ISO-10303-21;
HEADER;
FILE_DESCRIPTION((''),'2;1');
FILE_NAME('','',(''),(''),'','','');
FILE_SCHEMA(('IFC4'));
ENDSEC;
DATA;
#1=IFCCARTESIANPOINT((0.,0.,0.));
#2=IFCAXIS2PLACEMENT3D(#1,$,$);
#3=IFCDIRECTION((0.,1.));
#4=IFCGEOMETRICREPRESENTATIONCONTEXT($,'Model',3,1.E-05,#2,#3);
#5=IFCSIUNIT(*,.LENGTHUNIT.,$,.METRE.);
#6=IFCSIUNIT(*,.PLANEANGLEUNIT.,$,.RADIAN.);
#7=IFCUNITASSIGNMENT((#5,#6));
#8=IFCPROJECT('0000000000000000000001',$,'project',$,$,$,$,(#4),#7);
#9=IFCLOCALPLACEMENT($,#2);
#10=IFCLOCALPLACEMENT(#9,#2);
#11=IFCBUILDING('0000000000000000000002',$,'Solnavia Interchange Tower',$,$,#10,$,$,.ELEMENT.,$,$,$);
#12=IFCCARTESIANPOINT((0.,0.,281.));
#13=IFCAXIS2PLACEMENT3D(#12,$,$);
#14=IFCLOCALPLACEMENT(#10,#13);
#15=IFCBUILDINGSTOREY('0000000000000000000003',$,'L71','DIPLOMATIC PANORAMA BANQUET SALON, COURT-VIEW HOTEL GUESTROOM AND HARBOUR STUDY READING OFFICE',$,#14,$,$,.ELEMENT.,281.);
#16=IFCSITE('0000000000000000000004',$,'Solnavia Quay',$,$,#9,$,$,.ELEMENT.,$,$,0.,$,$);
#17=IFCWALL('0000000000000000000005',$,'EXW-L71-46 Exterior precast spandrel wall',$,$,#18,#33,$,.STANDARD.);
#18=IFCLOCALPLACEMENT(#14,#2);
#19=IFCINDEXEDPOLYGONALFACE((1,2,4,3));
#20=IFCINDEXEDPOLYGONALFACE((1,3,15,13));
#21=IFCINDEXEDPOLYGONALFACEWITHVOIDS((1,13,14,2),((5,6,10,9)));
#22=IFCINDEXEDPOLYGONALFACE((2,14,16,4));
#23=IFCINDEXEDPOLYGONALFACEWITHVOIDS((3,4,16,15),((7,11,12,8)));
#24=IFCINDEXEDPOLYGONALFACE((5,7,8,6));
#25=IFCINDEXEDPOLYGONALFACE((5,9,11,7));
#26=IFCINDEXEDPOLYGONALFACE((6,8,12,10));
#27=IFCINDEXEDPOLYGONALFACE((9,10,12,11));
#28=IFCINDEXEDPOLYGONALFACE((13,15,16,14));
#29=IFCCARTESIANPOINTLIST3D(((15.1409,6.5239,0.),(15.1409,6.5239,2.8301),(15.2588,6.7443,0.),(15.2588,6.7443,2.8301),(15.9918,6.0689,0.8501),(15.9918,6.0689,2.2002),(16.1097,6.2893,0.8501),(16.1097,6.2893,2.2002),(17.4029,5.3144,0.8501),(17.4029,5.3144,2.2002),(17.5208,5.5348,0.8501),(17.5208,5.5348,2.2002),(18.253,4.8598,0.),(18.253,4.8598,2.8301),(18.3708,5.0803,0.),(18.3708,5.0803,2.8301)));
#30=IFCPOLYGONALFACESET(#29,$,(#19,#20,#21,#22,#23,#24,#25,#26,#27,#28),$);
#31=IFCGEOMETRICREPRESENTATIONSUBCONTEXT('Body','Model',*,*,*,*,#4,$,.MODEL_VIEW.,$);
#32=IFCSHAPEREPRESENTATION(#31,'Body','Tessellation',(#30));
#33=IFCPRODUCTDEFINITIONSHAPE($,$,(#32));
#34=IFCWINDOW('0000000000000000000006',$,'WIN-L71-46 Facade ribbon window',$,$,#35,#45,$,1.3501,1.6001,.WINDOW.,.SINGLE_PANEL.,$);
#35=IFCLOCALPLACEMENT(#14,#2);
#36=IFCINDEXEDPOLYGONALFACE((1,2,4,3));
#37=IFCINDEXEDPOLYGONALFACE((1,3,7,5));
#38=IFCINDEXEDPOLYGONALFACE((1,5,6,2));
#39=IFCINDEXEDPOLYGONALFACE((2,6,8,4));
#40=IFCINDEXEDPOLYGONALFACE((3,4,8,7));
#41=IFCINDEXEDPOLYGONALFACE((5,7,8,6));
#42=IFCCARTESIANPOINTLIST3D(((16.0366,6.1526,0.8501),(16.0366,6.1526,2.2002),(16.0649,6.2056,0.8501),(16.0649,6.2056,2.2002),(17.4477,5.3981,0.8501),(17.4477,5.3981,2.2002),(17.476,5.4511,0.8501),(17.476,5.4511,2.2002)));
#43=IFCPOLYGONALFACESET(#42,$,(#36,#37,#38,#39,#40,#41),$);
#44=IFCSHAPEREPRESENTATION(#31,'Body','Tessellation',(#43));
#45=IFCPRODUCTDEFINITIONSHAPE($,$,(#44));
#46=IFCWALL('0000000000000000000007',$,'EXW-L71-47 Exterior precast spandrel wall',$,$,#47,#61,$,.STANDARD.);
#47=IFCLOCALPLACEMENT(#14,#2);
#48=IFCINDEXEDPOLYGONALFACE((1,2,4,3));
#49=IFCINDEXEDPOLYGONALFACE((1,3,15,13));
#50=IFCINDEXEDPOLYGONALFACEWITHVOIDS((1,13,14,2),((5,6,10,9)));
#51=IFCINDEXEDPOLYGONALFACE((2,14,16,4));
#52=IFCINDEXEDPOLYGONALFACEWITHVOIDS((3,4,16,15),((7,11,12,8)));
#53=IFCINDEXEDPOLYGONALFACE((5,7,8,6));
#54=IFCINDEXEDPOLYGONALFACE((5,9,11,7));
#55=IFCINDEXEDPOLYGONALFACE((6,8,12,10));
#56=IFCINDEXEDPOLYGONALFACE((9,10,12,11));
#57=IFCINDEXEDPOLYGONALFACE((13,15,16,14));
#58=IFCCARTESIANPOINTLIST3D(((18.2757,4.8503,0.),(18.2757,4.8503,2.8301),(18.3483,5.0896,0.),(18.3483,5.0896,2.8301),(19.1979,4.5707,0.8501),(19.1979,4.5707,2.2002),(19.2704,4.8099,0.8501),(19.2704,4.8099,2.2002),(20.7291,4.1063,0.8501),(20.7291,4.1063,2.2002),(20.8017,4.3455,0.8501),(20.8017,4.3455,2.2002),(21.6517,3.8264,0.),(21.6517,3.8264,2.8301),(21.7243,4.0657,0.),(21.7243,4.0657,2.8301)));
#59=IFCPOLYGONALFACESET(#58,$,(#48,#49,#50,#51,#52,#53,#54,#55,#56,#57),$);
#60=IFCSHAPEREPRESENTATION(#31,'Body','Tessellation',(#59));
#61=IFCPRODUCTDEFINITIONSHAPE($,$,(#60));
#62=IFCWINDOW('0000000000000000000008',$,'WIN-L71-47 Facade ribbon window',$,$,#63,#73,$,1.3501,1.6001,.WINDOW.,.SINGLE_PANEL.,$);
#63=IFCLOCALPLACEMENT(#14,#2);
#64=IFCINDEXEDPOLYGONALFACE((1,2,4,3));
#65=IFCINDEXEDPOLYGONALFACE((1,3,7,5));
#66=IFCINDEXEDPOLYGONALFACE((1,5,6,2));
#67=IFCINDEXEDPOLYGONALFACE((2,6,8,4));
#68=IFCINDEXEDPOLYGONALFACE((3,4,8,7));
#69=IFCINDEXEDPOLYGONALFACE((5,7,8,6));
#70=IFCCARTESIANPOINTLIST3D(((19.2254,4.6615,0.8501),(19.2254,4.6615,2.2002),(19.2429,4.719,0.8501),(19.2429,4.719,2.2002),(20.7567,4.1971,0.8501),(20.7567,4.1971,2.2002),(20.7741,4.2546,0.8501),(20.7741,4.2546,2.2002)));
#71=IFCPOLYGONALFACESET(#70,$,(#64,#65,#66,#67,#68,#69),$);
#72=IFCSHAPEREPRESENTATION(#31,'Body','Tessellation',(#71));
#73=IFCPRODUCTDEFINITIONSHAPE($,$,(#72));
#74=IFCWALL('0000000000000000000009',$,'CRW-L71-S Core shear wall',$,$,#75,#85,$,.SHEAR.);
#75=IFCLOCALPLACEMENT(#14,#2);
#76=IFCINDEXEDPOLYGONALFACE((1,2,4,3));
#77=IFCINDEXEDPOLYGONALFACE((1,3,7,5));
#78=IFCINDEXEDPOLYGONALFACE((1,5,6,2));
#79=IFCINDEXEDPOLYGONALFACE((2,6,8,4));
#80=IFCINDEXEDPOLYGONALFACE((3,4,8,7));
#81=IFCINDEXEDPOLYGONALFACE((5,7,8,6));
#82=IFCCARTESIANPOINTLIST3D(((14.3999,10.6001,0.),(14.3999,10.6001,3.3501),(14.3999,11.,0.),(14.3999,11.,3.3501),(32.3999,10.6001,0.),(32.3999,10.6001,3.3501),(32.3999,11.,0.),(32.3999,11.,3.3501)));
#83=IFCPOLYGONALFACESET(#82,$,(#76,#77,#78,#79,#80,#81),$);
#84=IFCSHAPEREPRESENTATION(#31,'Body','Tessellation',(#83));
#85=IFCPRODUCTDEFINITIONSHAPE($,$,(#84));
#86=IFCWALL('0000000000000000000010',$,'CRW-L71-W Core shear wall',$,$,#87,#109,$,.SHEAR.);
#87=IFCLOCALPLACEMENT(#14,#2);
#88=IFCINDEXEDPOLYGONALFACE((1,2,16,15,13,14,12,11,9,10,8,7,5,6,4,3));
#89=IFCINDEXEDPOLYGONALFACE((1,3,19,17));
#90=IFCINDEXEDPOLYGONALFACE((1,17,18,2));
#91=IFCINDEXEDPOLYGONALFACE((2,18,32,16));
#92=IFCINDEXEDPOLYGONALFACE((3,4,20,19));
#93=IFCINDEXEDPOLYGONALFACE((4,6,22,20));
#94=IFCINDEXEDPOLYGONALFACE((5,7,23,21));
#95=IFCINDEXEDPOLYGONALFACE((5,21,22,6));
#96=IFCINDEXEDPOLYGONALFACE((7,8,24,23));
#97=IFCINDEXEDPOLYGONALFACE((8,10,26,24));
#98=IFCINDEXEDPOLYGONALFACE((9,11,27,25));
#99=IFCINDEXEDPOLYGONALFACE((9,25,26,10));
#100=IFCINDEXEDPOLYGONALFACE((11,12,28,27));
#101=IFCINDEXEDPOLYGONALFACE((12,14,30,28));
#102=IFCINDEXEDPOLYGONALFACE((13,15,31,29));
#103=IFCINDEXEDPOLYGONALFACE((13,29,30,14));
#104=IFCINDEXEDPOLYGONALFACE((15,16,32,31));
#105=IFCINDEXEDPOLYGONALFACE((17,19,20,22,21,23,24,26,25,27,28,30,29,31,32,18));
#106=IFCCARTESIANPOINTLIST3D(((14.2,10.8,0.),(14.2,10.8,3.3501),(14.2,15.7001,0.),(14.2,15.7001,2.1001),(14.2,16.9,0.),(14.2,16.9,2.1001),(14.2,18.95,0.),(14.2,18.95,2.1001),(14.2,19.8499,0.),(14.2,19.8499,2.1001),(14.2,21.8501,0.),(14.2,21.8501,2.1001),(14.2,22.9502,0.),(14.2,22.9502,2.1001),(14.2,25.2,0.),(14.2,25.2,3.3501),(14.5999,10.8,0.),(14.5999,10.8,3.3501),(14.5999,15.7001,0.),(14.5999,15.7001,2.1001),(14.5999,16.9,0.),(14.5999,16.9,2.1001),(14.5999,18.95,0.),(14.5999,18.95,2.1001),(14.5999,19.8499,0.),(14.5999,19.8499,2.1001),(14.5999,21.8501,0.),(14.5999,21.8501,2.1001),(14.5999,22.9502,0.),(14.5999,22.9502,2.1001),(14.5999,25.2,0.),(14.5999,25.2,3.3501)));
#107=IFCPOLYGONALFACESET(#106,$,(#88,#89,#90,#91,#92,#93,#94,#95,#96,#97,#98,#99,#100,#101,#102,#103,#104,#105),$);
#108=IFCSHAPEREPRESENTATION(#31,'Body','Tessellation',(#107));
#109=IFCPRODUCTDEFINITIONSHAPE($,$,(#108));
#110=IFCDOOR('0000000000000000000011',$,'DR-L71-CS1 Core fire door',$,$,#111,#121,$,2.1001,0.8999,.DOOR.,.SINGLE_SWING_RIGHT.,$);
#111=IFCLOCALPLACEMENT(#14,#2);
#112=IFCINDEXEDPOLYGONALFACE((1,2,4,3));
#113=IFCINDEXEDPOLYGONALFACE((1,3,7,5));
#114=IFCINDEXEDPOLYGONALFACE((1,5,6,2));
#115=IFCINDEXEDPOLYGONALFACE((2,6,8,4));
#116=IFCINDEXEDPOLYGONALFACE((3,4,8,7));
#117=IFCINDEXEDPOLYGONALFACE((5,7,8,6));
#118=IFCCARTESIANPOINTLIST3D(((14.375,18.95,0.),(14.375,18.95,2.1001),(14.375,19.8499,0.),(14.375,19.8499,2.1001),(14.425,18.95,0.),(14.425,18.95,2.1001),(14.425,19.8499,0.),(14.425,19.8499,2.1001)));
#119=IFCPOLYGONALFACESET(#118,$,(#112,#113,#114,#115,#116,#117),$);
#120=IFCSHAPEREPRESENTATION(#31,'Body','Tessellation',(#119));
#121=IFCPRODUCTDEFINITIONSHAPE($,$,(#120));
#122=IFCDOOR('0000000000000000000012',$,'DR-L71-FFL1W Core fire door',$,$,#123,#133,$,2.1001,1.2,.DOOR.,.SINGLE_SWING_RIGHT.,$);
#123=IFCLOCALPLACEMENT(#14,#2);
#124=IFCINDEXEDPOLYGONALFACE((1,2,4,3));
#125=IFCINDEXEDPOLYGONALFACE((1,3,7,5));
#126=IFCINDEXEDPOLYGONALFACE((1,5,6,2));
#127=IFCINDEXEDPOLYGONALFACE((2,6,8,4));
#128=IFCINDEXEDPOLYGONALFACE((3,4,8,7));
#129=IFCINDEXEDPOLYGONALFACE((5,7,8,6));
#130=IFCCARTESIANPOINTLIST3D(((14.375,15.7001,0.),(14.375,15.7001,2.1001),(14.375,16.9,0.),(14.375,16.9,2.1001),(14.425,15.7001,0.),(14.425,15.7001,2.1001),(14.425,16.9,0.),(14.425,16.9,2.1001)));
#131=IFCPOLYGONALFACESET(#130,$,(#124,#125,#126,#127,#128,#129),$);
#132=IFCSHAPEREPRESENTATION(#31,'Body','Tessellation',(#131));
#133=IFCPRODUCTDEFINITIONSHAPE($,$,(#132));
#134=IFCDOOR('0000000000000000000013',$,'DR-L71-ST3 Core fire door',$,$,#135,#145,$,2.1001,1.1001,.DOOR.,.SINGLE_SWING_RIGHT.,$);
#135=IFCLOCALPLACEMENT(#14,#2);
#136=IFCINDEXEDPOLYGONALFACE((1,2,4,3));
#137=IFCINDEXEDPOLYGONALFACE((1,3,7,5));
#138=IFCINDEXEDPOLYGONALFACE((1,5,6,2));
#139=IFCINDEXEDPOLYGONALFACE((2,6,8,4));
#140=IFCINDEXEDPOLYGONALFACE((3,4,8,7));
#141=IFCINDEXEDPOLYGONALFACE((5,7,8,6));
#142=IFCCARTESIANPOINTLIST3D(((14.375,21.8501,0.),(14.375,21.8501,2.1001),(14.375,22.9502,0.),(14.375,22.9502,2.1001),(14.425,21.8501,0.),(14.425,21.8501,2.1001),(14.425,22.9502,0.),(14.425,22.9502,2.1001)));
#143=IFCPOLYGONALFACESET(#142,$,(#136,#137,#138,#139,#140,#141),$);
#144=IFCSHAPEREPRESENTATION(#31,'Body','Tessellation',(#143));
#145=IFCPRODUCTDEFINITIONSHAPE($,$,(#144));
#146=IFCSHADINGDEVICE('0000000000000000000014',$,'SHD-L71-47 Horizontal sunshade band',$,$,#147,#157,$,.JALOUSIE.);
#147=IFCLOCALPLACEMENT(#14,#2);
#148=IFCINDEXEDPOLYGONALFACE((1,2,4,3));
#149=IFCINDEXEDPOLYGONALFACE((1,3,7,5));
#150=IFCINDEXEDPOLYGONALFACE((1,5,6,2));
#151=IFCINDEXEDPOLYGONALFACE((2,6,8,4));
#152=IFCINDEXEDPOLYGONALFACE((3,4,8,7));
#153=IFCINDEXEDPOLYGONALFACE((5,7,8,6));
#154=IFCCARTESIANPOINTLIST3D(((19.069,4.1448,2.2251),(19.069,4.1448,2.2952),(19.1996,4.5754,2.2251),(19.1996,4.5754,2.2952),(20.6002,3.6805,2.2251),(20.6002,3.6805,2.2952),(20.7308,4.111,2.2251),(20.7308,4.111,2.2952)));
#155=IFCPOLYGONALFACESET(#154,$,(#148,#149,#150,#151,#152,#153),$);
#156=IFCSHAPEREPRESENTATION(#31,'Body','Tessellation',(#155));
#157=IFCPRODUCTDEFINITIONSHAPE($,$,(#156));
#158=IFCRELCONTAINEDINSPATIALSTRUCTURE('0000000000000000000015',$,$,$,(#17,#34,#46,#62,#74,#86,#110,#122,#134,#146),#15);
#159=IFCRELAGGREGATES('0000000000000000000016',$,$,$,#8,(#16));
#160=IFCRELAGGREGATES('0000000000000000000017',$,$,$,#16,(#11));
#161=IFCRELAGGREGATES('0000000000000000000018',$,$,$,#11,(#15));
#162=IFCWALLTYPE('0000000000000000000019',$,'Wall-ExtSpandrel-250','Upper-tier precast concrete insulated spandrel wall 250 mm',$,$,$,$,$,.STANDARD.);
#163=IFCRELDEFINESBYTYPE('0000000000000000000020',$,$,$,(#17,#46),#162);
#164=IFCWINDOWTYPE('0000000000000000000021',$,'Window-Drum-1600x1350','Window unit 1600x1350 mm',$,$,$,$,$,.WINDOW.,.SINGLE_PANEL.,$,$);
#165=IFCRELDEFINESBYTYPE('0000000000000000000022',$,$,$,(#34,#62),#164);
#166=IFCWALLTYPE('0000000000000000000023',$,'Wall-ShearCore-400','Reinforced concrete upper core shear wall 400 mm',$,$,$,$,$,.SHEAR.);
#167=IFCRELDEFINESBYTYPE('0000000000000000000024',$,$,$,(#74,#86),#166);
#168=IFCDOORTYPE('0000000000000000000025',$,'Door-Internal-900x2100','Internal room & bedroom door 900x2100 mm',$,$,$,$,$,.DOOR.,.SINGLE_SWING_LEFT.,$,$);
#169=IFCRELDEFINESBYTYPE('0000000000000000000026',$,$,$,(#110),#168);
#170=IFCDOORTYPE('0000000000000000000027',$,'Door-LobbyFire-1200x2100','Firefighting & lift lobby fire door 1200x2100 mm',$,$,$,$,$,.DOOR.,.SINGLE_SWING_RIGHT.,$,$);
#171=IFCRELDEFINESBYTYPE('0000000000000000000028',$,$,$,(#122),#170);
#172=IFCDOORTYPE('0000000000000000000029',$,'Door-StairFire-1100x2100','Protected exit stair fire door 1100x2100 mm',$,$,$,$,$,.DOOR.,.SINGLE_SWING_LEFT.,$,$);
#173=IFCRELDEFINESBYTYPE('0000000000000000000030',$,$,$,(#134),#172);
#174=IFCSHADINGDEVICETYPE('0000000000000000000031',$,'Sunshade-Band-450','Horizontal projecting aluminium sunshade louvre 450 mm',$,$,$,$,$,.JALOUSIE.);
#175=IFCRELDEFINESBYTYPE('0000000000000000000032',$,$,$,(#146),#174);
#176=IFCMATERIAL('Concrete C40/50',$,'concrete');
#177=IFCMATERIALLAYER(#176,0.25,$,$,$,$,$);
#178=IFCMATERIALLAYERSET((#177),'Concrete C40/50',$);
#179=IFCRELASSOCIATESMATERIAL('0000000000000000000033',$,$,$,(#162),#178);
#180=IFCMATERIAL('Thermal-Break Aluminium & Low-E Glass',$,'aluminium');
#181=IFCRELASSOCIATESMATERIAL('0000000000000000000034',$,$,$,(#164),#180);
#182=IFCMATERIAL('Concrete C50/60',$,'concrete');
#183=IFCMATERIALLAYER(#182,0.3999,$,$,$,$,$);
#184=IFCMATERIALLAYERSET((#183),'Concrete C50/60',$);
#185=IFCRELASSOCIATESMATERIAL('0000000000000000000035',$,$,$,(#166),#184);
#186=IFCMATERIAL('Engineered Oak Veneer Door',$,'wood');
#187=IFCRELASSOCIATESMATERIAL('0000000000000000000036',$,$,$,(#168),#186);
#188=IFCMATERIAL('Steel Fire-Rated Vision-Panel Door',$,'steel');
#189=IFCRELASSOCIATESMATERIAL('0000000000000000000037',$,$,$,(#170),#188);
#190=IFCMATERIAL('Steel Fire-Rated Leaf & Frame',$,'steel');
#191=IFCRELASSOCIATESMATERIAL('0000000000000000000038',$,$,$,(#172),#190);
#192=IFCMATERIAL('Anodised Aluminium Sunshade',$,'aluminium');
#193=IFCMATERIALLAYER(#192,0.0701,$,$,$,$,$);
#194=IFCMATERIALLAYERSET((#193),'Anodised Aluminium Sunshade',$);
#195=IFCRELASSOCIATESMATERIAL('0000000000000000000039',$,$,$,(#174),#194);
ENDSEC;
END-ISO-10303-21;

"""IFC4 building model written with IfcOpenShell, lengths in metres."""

from ifc_helpers import new_model, si_unit, direction, frame, frame_2d, origin, origin_2d, place, context, subcontext, project, spatial, rectangle, extrude, material, layer, layer_set, type_object, element, fill, save


model = new_model("IFC4")

# Units and contexts
model_context = context("Model", 3, precision=1e-05, world=origin(), true_north=direction((0.0, 1.0)))
body_context = subcontext(model_context, "Body", "Model", "MODEL_VIEW")
ifc_project = project(units=[si_unit("LENGTHUNIT", "METRE"), si_unit("PLANEANGLEUNIT", "RADIAN")], contexts=[model_context])

# Site, building, storey
site_placement = place(None, origin())
site = spatial("IfcSite", under=ifc_project, at=site_placement, Name="Solnavia Quay", CompositionType="ELEMENT", RefElevation=0.0)
building_placement = place(site_placement, origin())
building = spatial("IfcBuilding", under=site, at=building_placement, Name="Solnavia Interchange Tower", CompositionType="ELEMENT")
storey_placement = place(building_placement, frame((0.0, 0.0, 281.0)))
storey = spatial("IfcBuildingStorey", under=building, at=storey_placement, Name="L71", Description="DIPLOMATIC PANORAMA BANQUET SALON, COURT-VIEW HOTEL GUESTROOM AND HARBOUR STUDY READING OFFICE", CompositionType="ELEMENT", Elevation=281.0)

# Shared definitions
ifc_material_1 = material(Name="Concrete C50/60", Category="concrete")

# Walls, openings, windows
ifc_material_2 = material(Name="Concrete C40/50", Category="concrete")
ifc_layer_1 = layer(ifc_material_2, 0.25)
ifc_layer_set_1 = layer_set([ifc_layer_1], Name="Concrete C40/50")
wall_type_1 = type_object("IfcWallType", Name="Wall-ExtSpandrel-250", Description="Upper-tier precast concrete insulated spandrel wall 250 mm", PredefinedType="STANDARD", material=ifc_layer_set_1)
ifc_material_3 = material(Name="Thermal-Break Aluminium & Low-E Glass", Category="aluminium")
window_type = type_object("IfcWindowType", Name="Window-Drum-1600x1350", Description="Window unit 1600x1350 mm", PartitioningType="SINGLE_PANEL", PredefinedType="WINDOW", material=ifc_material_3)
wall_1_placement = place(storey_placement, frame((18.312, 4.97, 0.0), z_axis=(0.0, 0.0, 1.0), x_axis=(-0.881847, 0.471536, 0.0)))
wall_1 = element("IfcWall", 1, at=wall_1_placement, inside=storey, type_object=wall_type_1, Name="EXW-L71-46 Exterior precast spandrel wall", PredefinedType="STANDARD", context=body_context, shape_type="SweptSolid", body=[
    extrude(rectangle(XDim=3.5291, YDim=0.25, at=frame_2d((1.7646, 0.0))), origin(), (0.0, 0.0, 1.0), 2.8301),
])
opening_1_placement = place(wall_1_placement, frame((0.9641, 0.0, 0.8501)))
opening_1 = element("IfcOpeningElement", 2, at=opening_1_placement, cuts=wall_1, PredefinedType="OPENING", context=body_context, shape_type="SweptSolid", body=[
    extrude(rectangle(XDim=1.6001, YDim=1.3501, at=frame_2d((0.8, 0.675))), frame((0.0, 0.135, 0.0), z_axis=(0.0, -1.0, 0.0), x_axis=(1.0, 0.0, 0.0)), (0.0, 0.0, 1.0), 0.27),
])
window_1_placement = place(opening_1_placement, origin())
window_1 = element("IfcWindow", 3, at=window_1_placement, inside=storey, type_object=window_type, Name="WIN-L71-46 Facade ribbon window", OverallHeight=1.3501, OverallWidth=1.6001, PartitioningType="SINGLE_PANEL", PredefinedType="WINDOW", context=body_context, shape_type="SweptSolid", body=[
    extrude(rectangle(XDim=1.6001, YDim=1.3501, at=frame_2d((0.8, 0.675))), frame((0.0, 0.03, 0.0), z_axis=(0.0, -1.0, 0.0), x_axis=(1.0, 0.0, 0.0)), (0.0, 0.0, 1.0), 0.0601),
])
fill(opening_1, window_1)
wall_2_placement = place(storey_placement, frame((21.688, 3.946, 0.0), z_axis=(0.0, 0.0, 1.0), x_axis=(-0.956953, 0.290242, 0.0)))
wall_2 = element("IfcWall", 4, at=wall_2_placement, inside=storey, type_object=wall_type_1, Name="EXW-L71-47 Exterior precast spandrel wall", PredefinedType="STANDARD", context=body_context, shape_type="SweptSolid", body=[
    extrude(rectangle(XDim=3.5278, YDim=0.25, at=frame_2d((1.7639, 0.0))), origin(), (0.0, 0.0, 1.0), 2.8301),
])
opening_2_placement = place(wall_2_placement, frame((0.9641, 0.0, 0.8501)))
opening_2 = element("IfcOpeningElement", 5, at=opening_2_placement, cuts=wall_2, PredefinedType="OPENING", context=body_context, shape_type="SweptSolid", body=[
    extrude(rectangle(XDim=1.6001, YDim=1.3501, at=frame_2d((0.8, 0.675))), frame((0.0, 0.135, 0.0), z_axis=(0.0, -1.0, 0.0), x_axis=(1.0, 0.0, 0.0)), (0.0, 0.0, 1.0), 0.27),
])
window_2_placement = place(opening_2_placement, origin())
window_2 = element("IfcWindow", 6, at=window_2_placement, inside=storey, type_object=window_type, Name="WIN-L71-47 Facade ribbon window", OverallHeight=1.3501, OverallWidth=1.6001, PartitioningType="SINGLE_PANEL", PredefinedType="WINDOW", context=body_context, shape_type="SweptSolid", body=[
    extrude(rectangle(XDim=1.6001, YDim=1.3501, at=frame_2d((0.8, 0.675))), frame((0.0, 0.03, 0.0), z_axis=(0.0, -1.0, 0.0), x_axis=(1.0, 0.0, 0.0)), (0.0, 0.0, 1.0), 0.0601),
])
fill(opening_2, window_2)

# Wall
ifc_layer_2 = layer(ifc_material_1, 0.3999)
ifc_layer_set_2 = layer_set([ifc_layer_2], Name="Concrete C50/60")
wall_type_2 = type_object("IfcWallType", Name="Wall-ShearCore-400", Description="Reinforced concrete upper core shear wall 400 mm", PredefinedType="SHEAR", material=ifc_layer_set_2)
wall_3_placement = place(storey_placement, frame((14.3999, 10.8, 0.0), z_axis=(0.0, 0.0, 1.0), x_axis=(1.0, 0.0, 0.0)))
element("IfcWall", 7, at=wall_3_placement, inside=storey, type_object=wall_type_2, Name="CRW-L71-S Core shear wall", PredefinedType="SHEAR", context=body_context, shape_type="SweptSolid", body=[
    extrude(rectangle(XDim=18.0, YDim=0.3999, at=frame_2d((9.0, 0.0))), origin(), (0.0, 0.0, 1.0), 3.3501),
])

# Wall, openings, doors
wall_4_placement = place(storey_placement, frame((14.3999, 10.8, 0.0), z_axis=(0.0, 0.0, 1.0), x_axis=(0.0, 1.0, 0.0)))
wall_4 = element("IfcWall", 8, at=wall_4_placement, inside=storey, type_object=wall_type_2, Name="CRW-L71-W Core shear wall", PredefinedType="SHEAR", context=body_context, shape_type="SweptSolid", body=[
    extrude(rectangle(XDim=14.3999, YDim=0.3999, at=frame_2d((7.2, 0.0))), origin(), (0.0, 0.0, 1.0), 3.3501),
])
opening_3_placement = place(wall_4_placement, frame((11.05, 0.0, 0.0)))
opening_3 = element("IfcOpeningElement", 9, at=opening_3_placement, cuts=wall_4, PredefinedType="OPENING", context=body_context, shape_type="SweptSolid", body=[
    extrude(rectangle(XDim=1.1001, YDim=2.1001, at=frame_2d((0.55, 1.05))), frame((0.0, 0.21, 0.0), z_axis=(0.0, -1.0, 0.0), x_axis=(1.0, 0.0, 0.0)), (0.0, 0.0, 1.0), 0.4199),
])
opening_4_placement = place(wall_4_placement, frame((4.8999, 0.0, 0.0)))
opening_4 = element("IfcOpeningElement", 10, at=opening_4_placement, cuts=wall_4, PredefinedType="OPENING", context=body_context, shape_type="SweptSolid", body=[
    extrude(rectangle(XDim=1.2, YDim=2.1001, at=frame_2d((0.6001, 1.05))), frame((0.0, 0.21, 0.0), z_axis=(0.0, -1.0, 0.0), x_axis=(1.0, 0.0, 0.0)), (0.0, 0.0, 1.0), 0.4199),
])
opening_5_placement = place(wall_4_placement, frame((8.1499, 0.0, 0.0)))
opening_5 = element("IfcOpeningElement", 11, at=opening_5_placement, cuts=wall_4, PredefinedType="OPENING", context=body_context, shape_type="SweptSolid", body=[
    extrude(rectangle(XDim=0.8999, YDim=2.1001, at=frame_2d((0.45, 1.05))), frame((0.0, 0.21, 0.0), z_axis=(0.0, -1.0, 0.0), x_axis=(1.0, 0.0, 0.0)), (0.0, 0.0, 1.0), 0.4199),
])
ifc_material_4 = material(Name="Engineered Oak Veneer Door", Category="wood")
door_type_1 = type_object("IfcDoorType", Name="Door-Internal-900x2100", Description="Internal room & bedroom door 900x2100 mm", OperationType="SINGLE_SWING_LEFT", PredefinedType="DOOR", material=ifc_material_4)
door_1_placement = place(opening_5_placement, origin())
door_1 = element("IfcDoor", 12, at=door_1_placement, inside=storey, type_object=door_type_1, Name="DR-L71-CS1 Core fire door", OperationType="SINGLE_SWING_RIGHT", OverallHeight=2.1001, OverallWidth=0.8999, PredefinedType="DOOR", context=body_context, shape_type="SweptSolid", body=[
    extrude(rectangle(XDim=0.8999, YDim=2.1001, at=frame_2d((0.45, 1.05))), frame((0.0, 0.0249, 0.0), z_axis=(0.0, -1.0, 0.0), x_axis=(1.0, 0.0, 0.0)), (0.0, 0.0, 1.0), 0.05),
])
fill(opening_5, door_1)
ifc_material_5 = material(Name="Steel Fire-Rated Vision-Panel Door", Category="steel")
door_type_2 = type_object("IfcDoorType", Name="Door-LobbyFire-1200x2100", Description="Firefighting & lift lobby fire door 1200x2100 mm", OperationType="SINGLE_SWING_RIGHT", PredefinedType="DOOR", material=ifc_material_5)
door_2_placement = place(opening_4_placement, origin())
door_2 = element("IfcDoor", 13, at=door_2_placement, inside=storey, type_object=door_type_2, Name="DR-L71-FFL1W Core fire door", OperationType="SINGLE_SWING_RIGHT", OverallHeight=2.1001, OverallWidth=1.2, PredefinedType="DOOR", context=body_context, shape_type="SweptSolid", body=[
    extrude(rectangle(XDim=1.2, YDim=2.1001, at=frame_2d((0.6001, 1.05))), frame((0.0, 0.0249, 0.0), z_axis=(0.0, -1.0, 0.0), x_axis=(1.0, 0.0, 0.0)), (0.0, 0.0, 1.0), 0.05),
])
fill(opening_4, door_2)
ifc_material_6 = material(Name="Steel Fire-Rated Leaf & Frame", Category="steel")
door_type_3 = type_object("IfcDoorType", Name="Door-StairFire-1100x2100", Description="Protected exit stair fire door 1100x2100 mm", OperationType="SINGLE_SWING_LEFT", PredefinedType="DOOR", material=ifc_material_6)
door_3_placement = place(opening_3_placement, origin())
door_3 = element("IfcDoor", 14, at=door_3_placement, inside=storey, type_object=door_type_3, Name="DR-L71-ST3 Core fire door", OperationType="SINGLE_SWING_RIGHT", OverallHeight=2.1001, OverallWidth=1.1001, PredefinedType="DOOR", context=body_context, shape_type="SweptSolid", body=[
    extrude(rectangle(XDim=1.1001, YDim=2.1001, at=frame_2d((0.55, 1.05))), frame((0.0, 0.0249, 0.0), z_axis=(0.0, -1.0, 0.0), x_axis=(1.0, 0.0, 0.0)), (0.0, 0.0, 1.0), 0.05),
])
fill(opening_3, door_3)

# Shading device
ifc_material_7 = material(Name="Anodised Aluminium Sunshade", Category="aluminium")
ifc_layer_3 = layer(ifc_material_7, 0.0701)
ifc_layer_set_3 = layer_set([ifc_layer_3], Name="Anodised Aluminium Sunshade")
shading_device_type = type_object("IfcShadingDeviceType", Name="Sunshade-Band-450", Description="Horizontal projecting aluminium sunshade louvre 450 mm", PredefinedType="JALOUSIE", material=ifc_layer_set_3)
shading_device_placement = place(storey_placement, frame((19.8999, 4.1279, 2.2251), z_axis=(0.0, 0.0, 1.0), x_axis=(-0.956966, 0.290201, 0.0)))
element("IfcShadingDevice", 15, at=shading_device_placement, inside=storey, type_object=shading_device_type, Name="SHD-L71-47 Horizontal sunshade band", PredefinedType="JALOUSIE", context=body_context, shape_type="SweptSolid", body=[
    extrude(rectangle(XDim=1.6001, YDim=0.45, at=origin_2d()), origin(), (0.0, 0.0, 1.0), 0.0701),
])

save(model, "model.ifc")
